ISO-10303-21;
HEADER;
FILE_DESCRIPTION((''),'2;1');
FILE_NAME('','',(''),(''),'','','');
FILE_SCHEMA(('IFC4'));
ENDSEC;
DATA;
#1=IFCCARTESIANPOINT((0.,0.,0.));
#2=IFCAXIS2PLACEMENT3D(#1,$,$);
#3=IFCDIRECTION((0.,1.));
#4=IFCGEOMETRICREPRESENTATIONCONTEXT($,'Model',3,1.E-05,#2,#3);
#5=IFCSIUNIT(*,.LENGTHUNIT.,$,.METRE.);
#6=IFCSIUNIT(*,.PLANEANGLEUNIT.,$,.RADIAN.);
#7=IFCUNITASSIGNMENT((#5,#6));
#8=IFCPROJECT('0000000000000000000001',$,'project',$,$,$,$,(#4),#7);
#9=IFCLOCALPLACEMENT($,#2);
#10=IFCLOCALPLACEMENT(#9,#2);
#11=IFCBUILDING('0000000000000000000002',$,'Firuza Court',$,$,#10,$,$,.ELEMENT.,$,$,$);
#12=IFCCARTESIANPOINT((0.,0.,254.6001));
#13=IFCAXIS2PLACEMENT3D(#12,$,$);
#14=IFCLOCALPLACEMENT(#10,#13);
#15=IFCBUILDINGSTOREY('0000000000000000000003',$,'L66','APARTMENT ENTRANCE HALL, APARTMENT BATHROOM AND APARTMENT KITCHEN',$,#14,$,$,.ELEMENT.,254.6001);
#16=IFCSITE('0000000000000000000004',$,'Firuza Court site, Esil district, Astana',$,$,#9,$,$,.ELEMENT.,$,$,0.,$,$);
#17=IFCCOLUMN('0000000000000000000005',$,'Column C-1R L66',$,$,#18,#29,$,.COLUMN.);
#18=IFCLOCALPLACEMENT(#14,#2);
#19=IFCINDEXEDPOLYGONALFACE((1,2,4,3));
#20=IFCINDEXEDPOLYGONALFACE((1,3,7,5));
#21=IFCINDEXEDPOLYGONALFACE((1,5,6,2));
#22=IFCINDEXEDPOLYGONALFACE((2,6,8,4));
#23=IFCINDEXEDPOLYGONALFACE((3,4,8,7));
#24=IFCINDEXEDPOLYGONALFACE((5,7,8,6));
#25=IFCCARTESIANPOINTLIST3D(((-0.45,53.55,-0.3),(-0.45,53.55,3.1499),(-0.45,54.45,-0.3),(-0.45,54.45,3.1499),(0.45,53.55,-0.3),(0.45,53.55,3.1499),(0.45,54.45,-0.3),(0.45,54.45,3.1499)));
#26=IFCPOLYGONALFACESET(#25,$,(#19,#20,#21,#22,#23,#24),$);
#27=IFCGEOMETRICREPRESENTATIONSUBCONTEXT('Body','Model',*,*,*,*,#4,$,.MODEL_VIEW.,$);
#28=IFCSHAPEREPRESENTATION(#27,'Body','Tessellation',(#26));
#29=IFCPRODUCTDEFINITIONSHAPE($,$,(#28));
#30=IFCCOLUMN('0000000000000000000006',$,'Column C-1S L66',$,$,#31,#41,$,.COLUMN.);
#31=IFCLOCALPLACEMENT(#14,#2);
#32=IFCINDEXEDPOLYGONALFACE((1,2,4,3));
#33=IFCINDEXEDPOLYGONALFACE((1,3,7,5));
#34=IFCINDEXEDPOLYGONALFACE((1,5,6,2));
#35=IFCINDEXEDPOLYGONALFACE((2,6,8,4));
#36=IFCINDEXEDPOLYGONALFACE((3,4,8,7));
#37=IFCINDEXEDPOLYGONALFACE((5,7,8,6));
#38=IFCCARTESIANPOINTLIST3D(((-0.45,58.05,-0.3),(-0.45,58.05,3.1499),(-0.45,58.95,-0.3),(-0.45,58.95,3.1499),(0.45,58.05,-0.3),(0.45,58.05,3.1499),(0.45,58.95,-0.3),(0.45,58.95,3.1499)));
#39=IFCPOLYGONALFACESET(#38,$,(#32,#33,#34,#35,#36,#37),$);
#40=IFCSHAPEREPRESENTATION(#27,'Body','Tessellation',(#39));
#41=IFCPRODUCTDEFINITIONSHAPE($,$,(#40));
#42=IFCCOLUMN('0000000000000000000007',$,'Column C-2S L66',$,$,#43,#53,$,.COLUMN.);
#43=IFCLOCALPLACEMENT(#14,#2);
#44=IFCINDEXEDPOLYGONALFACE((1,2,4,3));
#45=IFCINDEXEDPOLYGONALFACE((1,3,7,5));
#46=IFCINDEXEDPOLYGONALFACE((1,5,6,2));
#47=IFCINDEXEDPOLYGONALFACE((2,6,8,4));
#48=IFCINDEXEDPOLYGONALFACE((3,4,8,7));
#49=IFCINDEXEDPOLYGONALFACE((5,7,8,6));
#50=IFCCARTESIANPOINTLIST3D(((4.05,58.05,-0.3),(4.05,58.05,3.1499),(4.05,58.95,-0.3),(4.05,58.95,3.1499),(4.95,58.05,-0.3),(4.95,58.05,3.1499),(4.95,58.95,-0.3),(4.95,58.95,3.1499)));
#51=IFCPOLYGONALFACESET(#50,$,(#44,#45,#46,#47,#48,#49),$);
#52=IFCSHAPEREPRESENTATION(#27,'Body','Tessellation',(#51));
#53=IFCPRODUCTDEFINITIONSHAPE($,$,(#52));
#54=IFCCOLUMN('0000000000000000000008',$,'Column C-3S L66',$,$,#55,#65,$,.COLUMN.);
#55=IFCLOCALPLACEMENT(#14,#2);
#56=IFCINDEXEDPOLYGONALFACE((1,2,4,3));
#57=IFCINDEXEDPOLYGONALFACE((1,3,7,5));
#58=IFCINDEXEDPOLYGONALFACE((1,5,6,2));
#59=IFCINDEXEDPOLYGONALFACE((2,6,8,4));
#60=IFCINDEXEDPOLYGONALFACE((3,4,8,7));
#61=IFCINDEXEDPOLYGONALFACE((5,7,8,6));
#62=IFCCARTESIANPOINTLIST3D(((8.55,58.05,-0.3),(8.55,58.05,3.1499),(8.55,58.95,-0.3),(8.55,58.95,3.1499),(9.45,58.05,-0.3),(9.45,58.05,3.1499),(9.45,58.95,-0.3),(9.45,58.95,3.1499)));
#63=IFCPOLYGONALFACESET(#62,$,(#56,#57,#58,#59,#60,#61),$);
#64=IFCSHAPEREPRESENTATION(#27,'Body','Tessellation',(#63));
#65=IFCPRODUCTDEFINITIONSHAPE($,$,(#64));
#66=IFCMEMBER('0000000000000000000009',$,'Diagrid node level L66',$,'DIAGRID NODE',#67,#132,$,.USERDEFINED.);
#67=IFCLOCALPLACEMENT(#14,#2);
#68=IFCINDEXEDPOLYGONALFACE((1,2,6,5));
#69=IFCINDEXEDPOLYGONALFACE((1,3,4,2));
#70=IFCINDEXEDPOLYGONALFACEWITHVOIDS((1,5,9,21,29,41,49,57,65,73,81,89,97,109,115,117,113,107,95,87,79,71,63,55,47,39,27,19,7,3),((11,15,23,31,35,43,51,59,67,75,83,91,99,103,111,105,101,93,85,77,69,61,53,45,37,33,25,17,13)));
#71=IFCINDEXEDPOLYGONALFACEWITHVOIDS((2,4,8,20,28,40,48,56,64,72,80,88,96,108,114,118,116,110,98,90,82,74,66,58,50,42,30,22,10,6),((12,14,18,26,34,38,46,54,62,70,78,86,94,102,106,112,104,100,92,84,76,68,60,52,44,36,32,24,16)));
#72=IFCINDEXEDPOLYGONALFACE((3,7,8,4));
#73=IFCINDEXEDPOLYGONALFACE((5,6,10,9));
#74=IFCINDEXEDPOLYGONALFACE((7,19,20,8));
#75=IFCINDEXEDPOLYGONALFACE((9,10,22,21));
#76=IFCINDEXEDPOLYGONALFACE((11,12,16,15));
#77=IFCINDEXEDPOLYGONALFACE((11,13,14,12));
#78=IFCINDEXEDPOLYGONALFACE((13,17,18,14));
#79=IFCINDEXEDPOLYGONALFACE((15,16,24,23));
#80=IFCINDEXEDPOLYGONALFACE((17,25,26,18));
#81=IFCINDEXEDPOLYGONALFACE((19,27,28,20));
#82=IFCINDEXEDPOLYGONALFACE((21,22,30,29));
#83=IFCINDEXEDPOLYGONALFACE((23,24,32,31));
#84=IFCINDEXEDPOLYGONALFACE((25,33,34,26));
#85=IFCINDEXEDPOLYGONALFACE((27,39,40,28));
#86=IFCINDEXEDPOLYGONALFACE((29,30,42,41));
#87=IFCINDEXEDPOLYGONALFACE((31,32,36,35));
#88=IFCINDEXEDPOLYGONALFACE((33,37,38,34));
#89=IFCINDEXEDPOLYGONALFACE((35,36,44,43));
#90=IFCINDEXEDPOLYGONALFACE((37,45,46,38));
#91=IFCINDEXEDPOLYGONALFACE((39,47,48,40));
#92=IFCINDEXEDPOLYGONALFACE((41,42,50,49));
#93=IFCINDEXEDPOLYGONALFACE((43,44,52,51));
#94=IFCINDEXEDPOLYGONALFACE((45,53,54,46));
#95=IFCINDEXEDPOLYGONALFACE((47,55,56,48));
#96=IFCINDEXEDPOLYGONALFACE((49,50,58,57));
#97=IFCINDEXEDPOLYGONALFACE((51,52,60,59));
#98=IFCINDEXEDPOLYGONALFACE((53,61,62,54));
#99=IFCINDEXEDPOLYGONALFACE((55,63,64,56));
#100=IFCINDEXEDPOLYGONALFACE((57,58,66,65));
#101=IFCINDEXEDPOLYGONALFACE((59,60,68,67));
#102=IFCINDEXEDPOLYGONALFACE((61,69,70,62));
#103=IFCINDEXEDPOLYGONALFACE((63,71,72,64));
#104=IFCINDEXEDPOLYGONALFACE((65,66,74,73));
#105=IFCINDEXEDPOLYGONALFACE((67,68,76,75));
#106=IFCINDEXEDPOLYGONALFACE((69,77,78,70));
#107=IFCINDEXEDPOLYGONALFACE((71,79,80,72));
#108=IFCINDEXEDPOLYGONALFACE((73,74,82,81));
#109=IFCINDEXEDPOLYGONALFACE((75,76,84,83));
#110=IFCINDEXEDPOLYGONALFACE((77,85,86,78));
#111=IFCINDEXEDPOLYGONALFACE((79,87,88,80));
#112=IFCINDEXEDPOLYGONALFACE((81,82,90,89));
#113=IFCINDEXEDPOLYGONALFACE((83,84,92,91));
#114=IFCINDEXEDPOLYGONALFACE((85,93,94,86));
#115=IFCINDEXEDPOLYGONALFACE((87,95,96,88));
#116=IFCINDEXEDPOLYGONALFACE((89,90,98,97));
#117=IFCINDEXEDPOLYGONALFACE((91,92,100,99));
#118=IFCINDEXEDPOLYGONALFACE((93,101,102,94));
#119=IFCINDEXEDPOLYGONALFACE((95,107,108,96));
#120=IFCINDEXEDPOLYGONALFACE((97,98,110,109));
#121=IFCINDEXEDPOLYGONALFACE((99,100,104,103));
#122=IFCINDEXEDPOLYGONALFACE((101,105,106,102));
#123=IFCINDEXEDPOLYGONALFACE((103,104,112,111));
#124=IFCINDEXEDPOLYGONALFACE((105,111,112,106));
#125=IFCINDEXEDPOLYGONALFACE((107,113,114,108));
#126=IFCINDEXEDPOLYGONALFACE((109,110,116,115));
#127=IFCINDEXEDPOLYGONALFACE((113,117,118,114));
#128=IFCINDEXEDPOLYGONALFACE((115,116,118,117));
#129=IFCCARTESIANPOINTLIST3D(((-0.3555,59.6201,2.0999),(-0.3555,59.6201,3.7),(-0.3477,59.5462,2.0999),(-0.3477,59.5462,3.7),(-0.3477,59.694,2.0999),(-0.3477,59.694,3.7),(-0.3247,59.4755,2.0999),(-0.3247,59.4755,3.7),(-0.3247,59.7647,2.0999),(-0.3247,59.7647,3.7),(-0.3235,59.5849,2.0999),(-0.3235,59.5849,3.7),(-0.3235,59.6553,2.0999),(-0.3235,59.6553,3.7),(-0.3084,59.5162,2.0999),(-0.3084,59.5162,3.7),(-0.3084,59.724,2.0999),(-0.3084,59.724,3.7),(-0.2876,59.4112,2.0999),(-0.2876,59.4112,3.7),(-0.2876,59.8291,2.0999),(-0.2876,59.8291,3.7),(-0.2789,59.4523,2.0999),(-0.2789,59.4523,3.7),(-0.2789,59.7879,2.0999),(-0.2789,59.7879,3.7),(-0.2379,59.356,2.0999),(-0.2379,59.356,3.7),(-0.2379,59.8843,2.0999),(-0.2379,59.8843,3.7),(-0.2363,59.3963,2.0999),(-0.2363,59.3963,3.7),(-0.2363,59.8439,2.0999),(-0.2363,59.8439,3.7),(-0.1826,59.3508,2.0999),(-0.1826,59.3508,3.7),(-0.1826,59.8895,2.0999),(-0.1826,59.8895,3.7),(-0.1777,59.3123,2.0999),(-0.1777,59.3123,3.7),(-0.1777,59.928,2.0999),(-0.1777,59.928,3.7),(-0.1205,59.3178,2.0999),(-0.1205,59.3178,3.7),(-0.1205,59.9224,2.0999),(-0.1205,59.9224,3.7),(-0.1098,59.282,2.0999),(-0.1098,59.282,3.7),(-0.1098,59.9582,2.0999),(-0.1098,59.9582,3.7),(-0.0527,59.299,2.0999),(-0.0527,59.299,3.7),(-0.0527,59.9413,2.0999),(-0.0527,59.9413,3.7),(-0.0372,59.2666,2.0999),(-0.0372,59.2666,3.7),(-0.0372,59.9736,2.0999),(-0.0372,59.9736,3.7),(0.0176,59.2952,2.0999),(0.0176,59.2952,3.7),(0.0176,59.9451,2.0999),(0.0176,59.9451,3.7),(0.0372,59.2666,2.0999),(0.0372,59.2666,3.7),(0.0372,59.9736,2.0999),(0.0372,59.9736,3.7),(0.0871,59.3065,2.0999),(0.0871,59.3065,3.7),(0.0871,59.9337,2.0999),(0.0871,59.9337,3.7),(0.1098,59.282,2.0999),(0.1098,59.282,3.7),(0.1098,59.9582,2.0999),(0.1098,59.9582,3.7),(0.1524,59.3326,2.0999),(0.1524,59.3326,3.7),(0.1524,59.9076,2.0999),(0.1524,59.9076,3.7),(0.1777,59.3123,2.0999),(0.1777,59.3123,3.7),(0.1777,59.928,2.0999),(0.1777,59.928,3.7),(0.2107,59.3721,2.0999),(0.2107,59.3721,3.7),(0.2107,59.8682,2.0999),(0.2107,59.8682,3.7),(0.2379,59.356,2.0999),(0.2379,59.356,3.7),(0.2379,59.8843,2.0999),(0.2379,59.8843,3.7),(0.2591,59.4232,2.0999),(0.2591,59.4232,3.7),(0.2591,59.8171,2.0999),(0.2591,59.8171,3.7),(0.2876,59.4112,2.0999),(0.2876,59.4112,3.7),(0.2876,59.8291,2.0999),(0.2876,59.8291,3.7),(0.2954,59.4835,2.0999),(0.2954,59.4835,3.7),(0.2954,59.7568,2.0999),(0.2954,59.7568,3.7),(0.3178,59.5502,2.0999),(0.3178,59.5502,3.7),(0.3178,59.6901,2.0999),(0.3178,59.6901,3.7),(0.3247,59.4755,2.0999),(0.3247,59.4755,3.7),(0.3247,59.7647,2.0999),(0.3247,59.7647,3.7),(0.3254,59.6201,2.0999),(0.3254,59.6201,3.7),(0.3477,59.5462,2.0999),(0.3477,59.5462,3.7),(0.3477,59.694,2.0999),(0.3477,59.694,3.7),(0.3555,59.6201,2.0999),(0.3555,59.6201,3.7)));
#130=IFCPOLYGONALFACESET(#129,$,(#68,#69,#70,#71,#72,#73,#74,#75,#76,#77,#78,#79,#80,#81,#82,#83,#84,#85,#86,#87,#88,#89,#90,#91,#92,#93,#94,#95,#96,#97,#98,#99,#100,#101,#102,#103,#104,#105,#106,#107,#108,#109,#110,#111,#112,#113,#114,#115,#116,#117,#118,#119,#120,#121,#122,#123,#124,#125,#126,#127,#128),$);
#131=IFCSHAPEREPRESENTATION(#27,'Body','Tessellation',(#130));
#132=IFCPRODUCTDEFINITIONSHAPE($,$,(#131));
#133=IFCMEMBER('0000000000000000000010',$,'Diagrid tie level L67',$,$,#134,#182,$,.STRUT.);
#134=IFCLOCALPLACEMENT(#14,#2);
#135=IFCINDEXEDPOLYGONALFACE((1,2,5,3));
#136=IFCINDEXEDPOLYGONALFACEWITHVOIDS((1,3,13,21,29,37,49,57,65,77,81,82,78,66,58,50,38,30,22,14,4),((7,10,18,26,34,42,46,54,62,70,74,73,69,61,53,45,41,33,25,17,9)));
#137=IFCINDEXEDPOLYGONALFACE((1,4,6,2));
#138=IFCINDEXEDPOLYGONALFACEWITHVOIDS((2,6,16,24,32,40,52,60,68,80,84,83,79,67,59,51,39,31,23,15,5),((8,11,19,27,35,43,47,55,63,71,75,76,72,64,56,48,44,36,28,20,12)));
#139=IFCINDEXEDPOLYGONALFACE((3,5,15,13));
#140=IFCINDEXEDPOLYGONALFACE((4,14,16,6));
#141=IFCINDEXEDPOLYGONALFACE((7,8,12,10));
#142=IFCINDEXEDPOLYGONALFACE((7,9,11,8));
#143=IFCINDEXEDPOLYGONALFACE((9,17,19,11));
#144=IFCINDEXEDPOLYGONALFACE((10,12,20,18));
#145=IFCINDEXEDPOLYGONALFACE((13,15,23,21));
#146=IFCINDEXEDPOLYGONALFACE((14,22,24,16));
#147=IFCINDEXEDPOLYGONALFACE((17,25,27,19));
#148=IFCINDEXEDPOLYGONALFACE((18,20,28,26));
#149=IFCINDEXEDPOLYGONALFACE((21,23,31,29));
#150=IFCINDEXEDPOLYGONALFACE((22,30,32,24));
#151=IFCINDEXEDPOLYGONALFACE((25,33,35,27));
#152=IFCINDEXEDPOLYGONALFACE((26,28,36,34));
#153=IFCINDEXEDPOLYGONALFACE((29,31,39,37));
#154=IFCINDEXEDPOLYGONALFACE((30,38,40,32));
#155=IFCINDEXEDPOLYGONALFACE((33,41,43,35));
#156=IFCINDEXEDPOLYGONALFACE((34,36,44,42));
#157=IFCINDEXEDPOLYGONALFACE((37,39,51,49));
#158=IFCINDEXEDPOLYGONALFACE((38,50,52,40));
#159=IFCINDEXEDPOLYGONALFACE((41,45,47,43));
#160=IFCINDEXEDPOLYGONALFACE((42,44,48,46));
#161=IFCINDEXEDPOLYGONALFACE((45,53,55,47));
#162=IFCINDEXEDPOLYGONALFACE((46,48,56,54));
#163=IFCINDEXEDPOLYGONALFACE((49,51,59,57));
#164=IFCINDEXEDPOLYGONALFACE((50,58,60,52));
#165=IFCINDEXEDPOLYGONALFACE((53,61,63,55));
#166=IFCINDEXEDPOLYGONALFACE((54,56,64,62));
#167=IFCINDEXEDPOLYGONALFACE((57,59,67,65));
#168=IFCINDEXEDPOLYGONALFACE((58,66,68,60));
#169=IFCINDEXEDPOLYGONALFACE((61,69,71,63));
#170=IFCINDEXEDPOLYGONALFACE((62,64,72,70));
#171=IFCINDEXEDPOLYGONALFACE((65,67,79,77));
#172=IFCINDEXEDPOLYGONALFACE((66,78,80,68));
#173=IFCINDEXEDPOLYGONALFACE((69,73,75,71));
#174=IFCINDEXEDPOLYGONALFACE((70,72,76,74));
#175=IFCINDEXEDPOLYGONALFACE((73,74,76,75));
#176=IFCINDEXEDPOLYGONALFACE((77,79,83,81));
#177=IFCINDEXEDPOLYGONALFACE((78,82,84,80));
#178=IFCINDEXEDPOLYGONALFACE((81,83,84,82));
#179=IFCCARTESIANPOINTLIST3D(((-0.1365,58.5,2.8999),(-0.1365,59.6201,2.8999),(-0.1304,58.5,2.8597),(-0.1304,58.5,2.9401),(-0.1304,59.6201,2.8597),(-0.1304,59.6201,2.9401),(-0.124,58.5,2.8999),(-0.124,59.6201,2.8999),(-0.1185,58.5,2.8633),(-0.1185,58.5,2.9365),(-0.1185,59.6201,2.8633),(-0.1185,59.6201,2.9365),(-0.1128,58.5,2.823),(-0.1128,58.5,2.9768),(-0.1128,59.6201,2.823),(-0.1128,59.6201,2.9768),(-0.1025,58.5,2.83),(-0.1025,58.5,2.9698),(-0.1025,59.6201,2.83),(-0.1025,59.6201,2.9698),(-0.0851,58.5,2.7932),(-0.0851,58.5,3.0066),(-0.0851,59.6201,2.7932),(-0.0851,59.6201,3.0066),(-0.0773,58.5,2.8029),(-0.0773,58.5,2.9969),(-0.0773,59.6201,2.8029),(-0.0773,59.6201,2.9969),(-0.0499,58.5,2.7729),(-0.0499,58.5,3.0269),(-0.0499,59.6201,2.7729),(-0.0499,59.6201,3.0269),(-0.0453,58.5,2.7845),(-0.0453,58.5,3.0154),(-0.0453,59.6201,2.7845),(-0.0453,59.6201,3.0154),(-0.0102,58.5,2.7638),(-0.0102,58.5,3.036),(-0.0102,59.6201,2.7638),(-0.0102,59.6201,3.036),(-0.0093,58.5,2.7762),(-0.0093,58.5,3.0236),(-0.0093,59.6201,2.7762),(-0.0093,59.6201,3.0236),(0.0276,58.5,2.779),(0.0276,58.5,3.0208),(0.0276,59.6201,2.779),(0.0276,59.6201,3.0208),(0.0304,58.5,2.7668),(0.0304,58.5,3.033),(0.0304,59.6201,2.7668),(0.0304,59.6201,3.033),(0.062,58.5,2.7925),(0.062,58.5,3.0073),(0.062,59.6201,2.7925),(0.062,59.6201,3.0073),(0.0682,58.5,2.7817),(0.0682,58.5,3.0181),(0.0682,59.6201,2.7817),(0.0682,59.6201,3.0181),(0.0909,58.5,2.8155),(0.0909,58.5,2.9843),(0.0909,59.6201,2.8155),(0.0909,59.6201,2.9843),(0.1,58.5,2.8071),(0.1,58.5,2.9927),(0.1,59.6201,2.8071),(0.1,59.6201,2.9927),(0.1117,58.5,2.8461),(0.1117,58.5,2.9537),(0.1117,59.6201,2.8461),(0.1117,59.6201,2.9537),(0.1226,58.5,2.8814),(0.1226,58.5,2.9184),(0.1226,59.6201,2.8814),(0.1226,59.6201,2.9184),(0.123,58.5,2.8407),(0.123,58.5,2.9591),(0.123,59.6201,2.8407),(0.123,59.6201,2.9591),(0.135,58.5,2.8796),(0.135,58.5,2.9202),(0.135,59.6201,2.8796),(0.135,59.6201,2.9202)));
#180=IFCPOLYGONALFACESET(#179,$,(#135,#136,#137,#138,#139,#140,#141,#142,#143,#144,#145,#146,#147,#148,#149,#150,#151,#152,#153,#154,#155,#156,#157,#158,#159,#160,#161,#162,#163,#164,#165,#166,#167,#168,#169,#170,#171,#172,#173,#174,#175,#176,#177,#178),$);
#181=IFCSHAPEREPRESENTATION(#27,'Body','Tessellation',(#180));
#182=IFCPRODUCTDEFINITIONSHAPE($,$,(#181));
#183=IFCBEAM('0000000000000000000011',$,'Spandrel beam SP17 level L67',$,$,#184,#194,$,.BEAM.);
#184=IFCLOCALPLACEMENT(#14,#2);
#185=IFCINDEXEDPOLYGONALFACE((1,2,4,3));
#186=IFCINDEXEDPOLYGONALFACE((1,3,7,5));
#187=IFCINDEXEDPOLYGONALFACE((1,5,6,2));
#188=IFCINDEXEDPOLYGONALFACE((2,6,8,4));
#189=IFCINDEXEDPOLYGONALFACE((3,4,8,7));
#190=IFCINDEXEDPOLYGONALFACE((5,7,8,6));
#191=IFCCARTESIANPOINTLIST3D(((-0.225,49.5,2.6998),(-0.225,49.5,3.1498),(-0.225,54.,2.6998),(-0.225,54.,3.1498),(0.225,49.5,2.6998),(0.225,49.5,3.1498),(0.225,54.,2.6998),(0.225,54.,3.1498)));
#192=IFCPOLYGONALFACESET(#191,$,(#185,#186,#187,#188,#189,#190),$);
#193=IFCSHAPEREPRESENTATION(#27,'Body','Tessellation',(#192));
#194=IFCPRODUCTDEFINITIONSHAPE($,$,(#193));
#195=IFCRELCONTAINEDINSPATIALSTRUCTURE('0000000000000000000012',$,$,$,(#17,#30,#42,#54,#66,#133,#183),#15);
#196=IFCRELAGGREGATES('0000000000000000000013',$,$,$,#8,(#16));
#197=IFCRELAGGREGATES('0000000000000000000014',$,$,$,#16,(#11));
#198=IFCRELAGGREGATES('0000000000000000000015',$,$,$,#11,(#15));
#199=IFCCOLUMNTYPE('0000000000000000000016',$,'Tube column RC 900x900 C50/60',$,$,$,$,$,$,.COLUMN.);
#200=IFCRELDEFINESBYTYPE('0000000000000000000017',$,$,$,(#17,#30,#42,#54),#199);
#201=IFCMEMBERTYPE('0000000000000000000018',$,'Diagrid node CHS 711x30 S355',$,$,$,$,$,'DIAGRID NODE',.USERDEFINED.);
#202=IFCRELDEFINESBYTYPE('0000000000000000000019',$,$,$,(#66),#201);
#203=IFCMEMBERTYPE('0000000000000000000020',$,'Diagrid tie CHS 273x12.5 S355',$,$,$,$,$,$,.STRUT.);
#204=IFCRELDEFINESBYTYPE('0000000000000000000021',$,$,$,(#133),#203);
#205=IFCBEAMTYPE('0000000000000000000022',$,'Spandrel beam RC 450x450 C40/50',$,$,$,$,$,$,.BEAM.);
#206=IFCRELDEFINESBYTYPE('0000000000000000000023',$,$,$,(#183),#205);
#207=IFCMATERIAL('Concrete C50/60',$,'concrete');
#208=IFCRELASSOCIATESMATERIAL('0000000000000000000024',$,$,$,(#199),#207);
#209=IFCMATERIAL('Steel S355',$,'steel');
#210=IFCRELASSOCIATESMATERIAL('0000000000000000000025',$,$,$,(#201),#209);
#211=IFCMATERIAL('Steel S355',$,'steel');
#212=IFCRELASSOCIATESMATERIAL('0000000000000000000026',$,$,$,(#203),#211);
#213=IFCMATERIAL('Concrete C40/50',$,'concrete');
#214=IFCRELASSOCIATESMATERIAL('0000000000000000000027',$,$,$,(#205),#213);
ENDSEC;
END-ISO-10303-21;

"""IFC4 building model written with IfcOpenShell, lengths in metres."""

from ifc_helpers import new_model, si_unit, direction, frame, origin, origin_2d, place, context, subcontext, project, spatial, rectangle, hollow_circle, extrude, material, material_profile, profile_set, type_object, element, save


model = new_model("IFC4")

# Units and contexts
model_context = context("Model", 3, precision=1e-05, world=origin(), true_north=direction((0.0, 1.0)))
body_context = subcontext(model_context, "Body", "Model", "MODEL_VIEW")
ifc_project = project(units=[si_unit("LENGTHUNIT", "METRE"), si_unit("PLANEANGLEUNIT", "RADIAN")], contexts=[model_context])

# Site, building, storey
site_placement = place(None, origin())
site = spatial("IfcSite", under=ifc_project, at=site_placement, Name="Firuza Court site, Esil district, Astana", CompositionType="ELEMENT", RefElevation=0.0)
building_placement = place(site_placement, origin())
building = spatial("IfcBuilding", under=site, at=building_placement, Name="Firuza Court", CompositionType="ELEMENT")
storey_placement = place(building_placement, frame((0.0, 0.0, 254.6001)))
storey = spatial("IfcBuildingStorey", under=building, at=storey_placement, Name="L66", Description="APARTMENT ENTRANCE HALL, APARTMENT BATHROOM AND APARTMENT KITCHEN", CompositionType="ELEMENT", Elevation=254.6001)

# Columns
ifc_material_1 = material(Name="Concrete C50/60", Category="concrete")
ifc_material_profile_1 = material_profile(ifc_material_1, rectangle(XDim=0.8999, YDim=0.8999, at=origin_2d()), Name="RC 900x900")
ifc_profile_set_1 = profile_set([ifc_material_profile_1], Name="Concrete C50/60")
column_type = type_object("IfcColumnType", Name="Tube column RC 900x900 C50/60", PredefinedType="COLUMN", material=ifc_profile_set_1)
for number, where, z_axis, x_axis, name in (
    (1, (0.0, 54.0, -0.3), (0.0, 0.0, 1.0), (1.0, 0.0, 0.0), "Column C-1R L66"),
    (2, (0.0, 58.5, -0.3), (0.0, 0.0, 1.0), (1.0, 0.0, 0.0), "Column C-1S L66"),
    (3, (4.5, 58.5, -0.3), (0.0, 0.0, 1.0), (1.0, 0.0, 0.0), "Column C-2S L66"),
    (4, (9.0, 58.5, -0.3), (0.0, 0.0, 1.0), (1.0, 0.0, 0.0), "Column C-3S L66"),
):
    element("IfcColumn", number, at=place(storey_placement, frame(where, z_axis=z_axis, x_axis=x_axis)), inside=storey, type_object=column_type, Name=name, PredefinedType="COLUMN", context=body_context, shape_type="SweptSolid", body=[
        extrude(rectangle(XDim=0.8999, YDim=0.8999, at=origin_2d()), origin(), (0.0, 0.0, 1.0), 3.45),
    ])

# Members
ifc_material_2 = material(Name="Steel S355", Category="steel")
ifc_material_profile_2 = material_profile(ifc_material_2, hollow_circle(Radius=0.3555, WallThickness=0.03, at=origin_2d()), Name="CHS 711x30")
ifc_profile_set_2 = profile_set([ifc_material_profile_2], Name="Steel S355")
member_type_1 = type_object("IfcMemberType", Name="Diagrid node CHS 711x30 S355", ElementType="DIAGRID NODE", PredefinedType="USERDEFINED", material=ifc_profile_set_2)
member_1_placement = place(storey_placement, frame((0.0, 59.6201, 2.0999), z_axis=(0.0, 0.0, 1.0), x_axis=(1.0, 0.0, 0.0)))
element("IfcMember", 5, at=member_1_placement, inside=storey, type_object=member_type_1, Name="Diagrid node level L66", ObjectType="DIAGRID NODE", PredefinedType="USERDEFINED", context=body_context, shape_type="SweptSolid", body=[
    extrude(hollow_circle(Radius=0.3555, WallThickness=0.03, at=origin_2d()), origin(), (0.0, 0.0, 1.0), 1.6001),
])
ifc_material_3 = material(Name="Steel S355", Category="steel")
ifc_material_profile_3 = material_profile(ifc_material_3, hollow_circle(Radius=0.1365, WallThickness=0.0125, at=origin_2d()), Name="CHS 273x12.5")
ifc_profile_set_3 = profile_set([ifc_material_profile_3], Name="Steel S355")
member_type_2 = type_object("IfcMemberType", Name="Diagrid tie CHS 273x12.5 S355", PredefinedType="STRUT", material=ifc_profile_set_3)
member_2_placement = place(storey_placement, frame((0.0, 58.5, 2.8999), z_axis=(0.0, 1.0, 0.0), x_axis=(-1.0, 0.0, 0.0)))
element("IfcMember", 6, at=member_2_placement, inside=storey, type_object=member_type_2, Name="Diagrid tie level L67", PredefinedType="STRUT", context=body_context, shape_type="SweptSolid", body=[
    extrude(hollow_circle(Radius=0.1365, WallThickness=0.0125, at=origin_2d()), origin(), (0.0, 0.0, 1.0), 1.1201),
])

# Beam
ifc_material_4 = material(Name="Concrete C40/50", Category="concrete")
ifc_material_profile_4 = material_profile(ifc_material_4, rectangle(XDim=0.45, YDim=0.45, at=origin_2d()), Name="RC 450x450")
ifc_profile_set_4 = profile_set([ifc_material_profile_4], Name="Concrete C40/50")
beam_type = type_object("IfcBeamType", Name="Spandrel beam RC 450x450 C40/50", PredefinedType="BEAM", material=ifc_profile_set_4)
for number, where, z_axis, x_axis, name in (
    (7, (0.0, 54.0, 2.9248), (0.0, -1.0, 0.0), (1.0, 0.0, 0.0), "Spandrel beam SP17 level L67"),
):
    element("IfcBeam", number, at=place(storey_placement, frame(where, z_axis=z_axis, x_axis=x_axis)), inside=storey, type_object=beam_type, Name=name, PredefinedType="BEAM", context=body_context, shape_type="SweptSolid", body=[
        extrude(rectangle(XDim=0.45, YDim=0.45, at=origin_2d()), origin(), (0.0, 0.0, 1.0), 4.5),
    ])

save(model, "model.ifc")
